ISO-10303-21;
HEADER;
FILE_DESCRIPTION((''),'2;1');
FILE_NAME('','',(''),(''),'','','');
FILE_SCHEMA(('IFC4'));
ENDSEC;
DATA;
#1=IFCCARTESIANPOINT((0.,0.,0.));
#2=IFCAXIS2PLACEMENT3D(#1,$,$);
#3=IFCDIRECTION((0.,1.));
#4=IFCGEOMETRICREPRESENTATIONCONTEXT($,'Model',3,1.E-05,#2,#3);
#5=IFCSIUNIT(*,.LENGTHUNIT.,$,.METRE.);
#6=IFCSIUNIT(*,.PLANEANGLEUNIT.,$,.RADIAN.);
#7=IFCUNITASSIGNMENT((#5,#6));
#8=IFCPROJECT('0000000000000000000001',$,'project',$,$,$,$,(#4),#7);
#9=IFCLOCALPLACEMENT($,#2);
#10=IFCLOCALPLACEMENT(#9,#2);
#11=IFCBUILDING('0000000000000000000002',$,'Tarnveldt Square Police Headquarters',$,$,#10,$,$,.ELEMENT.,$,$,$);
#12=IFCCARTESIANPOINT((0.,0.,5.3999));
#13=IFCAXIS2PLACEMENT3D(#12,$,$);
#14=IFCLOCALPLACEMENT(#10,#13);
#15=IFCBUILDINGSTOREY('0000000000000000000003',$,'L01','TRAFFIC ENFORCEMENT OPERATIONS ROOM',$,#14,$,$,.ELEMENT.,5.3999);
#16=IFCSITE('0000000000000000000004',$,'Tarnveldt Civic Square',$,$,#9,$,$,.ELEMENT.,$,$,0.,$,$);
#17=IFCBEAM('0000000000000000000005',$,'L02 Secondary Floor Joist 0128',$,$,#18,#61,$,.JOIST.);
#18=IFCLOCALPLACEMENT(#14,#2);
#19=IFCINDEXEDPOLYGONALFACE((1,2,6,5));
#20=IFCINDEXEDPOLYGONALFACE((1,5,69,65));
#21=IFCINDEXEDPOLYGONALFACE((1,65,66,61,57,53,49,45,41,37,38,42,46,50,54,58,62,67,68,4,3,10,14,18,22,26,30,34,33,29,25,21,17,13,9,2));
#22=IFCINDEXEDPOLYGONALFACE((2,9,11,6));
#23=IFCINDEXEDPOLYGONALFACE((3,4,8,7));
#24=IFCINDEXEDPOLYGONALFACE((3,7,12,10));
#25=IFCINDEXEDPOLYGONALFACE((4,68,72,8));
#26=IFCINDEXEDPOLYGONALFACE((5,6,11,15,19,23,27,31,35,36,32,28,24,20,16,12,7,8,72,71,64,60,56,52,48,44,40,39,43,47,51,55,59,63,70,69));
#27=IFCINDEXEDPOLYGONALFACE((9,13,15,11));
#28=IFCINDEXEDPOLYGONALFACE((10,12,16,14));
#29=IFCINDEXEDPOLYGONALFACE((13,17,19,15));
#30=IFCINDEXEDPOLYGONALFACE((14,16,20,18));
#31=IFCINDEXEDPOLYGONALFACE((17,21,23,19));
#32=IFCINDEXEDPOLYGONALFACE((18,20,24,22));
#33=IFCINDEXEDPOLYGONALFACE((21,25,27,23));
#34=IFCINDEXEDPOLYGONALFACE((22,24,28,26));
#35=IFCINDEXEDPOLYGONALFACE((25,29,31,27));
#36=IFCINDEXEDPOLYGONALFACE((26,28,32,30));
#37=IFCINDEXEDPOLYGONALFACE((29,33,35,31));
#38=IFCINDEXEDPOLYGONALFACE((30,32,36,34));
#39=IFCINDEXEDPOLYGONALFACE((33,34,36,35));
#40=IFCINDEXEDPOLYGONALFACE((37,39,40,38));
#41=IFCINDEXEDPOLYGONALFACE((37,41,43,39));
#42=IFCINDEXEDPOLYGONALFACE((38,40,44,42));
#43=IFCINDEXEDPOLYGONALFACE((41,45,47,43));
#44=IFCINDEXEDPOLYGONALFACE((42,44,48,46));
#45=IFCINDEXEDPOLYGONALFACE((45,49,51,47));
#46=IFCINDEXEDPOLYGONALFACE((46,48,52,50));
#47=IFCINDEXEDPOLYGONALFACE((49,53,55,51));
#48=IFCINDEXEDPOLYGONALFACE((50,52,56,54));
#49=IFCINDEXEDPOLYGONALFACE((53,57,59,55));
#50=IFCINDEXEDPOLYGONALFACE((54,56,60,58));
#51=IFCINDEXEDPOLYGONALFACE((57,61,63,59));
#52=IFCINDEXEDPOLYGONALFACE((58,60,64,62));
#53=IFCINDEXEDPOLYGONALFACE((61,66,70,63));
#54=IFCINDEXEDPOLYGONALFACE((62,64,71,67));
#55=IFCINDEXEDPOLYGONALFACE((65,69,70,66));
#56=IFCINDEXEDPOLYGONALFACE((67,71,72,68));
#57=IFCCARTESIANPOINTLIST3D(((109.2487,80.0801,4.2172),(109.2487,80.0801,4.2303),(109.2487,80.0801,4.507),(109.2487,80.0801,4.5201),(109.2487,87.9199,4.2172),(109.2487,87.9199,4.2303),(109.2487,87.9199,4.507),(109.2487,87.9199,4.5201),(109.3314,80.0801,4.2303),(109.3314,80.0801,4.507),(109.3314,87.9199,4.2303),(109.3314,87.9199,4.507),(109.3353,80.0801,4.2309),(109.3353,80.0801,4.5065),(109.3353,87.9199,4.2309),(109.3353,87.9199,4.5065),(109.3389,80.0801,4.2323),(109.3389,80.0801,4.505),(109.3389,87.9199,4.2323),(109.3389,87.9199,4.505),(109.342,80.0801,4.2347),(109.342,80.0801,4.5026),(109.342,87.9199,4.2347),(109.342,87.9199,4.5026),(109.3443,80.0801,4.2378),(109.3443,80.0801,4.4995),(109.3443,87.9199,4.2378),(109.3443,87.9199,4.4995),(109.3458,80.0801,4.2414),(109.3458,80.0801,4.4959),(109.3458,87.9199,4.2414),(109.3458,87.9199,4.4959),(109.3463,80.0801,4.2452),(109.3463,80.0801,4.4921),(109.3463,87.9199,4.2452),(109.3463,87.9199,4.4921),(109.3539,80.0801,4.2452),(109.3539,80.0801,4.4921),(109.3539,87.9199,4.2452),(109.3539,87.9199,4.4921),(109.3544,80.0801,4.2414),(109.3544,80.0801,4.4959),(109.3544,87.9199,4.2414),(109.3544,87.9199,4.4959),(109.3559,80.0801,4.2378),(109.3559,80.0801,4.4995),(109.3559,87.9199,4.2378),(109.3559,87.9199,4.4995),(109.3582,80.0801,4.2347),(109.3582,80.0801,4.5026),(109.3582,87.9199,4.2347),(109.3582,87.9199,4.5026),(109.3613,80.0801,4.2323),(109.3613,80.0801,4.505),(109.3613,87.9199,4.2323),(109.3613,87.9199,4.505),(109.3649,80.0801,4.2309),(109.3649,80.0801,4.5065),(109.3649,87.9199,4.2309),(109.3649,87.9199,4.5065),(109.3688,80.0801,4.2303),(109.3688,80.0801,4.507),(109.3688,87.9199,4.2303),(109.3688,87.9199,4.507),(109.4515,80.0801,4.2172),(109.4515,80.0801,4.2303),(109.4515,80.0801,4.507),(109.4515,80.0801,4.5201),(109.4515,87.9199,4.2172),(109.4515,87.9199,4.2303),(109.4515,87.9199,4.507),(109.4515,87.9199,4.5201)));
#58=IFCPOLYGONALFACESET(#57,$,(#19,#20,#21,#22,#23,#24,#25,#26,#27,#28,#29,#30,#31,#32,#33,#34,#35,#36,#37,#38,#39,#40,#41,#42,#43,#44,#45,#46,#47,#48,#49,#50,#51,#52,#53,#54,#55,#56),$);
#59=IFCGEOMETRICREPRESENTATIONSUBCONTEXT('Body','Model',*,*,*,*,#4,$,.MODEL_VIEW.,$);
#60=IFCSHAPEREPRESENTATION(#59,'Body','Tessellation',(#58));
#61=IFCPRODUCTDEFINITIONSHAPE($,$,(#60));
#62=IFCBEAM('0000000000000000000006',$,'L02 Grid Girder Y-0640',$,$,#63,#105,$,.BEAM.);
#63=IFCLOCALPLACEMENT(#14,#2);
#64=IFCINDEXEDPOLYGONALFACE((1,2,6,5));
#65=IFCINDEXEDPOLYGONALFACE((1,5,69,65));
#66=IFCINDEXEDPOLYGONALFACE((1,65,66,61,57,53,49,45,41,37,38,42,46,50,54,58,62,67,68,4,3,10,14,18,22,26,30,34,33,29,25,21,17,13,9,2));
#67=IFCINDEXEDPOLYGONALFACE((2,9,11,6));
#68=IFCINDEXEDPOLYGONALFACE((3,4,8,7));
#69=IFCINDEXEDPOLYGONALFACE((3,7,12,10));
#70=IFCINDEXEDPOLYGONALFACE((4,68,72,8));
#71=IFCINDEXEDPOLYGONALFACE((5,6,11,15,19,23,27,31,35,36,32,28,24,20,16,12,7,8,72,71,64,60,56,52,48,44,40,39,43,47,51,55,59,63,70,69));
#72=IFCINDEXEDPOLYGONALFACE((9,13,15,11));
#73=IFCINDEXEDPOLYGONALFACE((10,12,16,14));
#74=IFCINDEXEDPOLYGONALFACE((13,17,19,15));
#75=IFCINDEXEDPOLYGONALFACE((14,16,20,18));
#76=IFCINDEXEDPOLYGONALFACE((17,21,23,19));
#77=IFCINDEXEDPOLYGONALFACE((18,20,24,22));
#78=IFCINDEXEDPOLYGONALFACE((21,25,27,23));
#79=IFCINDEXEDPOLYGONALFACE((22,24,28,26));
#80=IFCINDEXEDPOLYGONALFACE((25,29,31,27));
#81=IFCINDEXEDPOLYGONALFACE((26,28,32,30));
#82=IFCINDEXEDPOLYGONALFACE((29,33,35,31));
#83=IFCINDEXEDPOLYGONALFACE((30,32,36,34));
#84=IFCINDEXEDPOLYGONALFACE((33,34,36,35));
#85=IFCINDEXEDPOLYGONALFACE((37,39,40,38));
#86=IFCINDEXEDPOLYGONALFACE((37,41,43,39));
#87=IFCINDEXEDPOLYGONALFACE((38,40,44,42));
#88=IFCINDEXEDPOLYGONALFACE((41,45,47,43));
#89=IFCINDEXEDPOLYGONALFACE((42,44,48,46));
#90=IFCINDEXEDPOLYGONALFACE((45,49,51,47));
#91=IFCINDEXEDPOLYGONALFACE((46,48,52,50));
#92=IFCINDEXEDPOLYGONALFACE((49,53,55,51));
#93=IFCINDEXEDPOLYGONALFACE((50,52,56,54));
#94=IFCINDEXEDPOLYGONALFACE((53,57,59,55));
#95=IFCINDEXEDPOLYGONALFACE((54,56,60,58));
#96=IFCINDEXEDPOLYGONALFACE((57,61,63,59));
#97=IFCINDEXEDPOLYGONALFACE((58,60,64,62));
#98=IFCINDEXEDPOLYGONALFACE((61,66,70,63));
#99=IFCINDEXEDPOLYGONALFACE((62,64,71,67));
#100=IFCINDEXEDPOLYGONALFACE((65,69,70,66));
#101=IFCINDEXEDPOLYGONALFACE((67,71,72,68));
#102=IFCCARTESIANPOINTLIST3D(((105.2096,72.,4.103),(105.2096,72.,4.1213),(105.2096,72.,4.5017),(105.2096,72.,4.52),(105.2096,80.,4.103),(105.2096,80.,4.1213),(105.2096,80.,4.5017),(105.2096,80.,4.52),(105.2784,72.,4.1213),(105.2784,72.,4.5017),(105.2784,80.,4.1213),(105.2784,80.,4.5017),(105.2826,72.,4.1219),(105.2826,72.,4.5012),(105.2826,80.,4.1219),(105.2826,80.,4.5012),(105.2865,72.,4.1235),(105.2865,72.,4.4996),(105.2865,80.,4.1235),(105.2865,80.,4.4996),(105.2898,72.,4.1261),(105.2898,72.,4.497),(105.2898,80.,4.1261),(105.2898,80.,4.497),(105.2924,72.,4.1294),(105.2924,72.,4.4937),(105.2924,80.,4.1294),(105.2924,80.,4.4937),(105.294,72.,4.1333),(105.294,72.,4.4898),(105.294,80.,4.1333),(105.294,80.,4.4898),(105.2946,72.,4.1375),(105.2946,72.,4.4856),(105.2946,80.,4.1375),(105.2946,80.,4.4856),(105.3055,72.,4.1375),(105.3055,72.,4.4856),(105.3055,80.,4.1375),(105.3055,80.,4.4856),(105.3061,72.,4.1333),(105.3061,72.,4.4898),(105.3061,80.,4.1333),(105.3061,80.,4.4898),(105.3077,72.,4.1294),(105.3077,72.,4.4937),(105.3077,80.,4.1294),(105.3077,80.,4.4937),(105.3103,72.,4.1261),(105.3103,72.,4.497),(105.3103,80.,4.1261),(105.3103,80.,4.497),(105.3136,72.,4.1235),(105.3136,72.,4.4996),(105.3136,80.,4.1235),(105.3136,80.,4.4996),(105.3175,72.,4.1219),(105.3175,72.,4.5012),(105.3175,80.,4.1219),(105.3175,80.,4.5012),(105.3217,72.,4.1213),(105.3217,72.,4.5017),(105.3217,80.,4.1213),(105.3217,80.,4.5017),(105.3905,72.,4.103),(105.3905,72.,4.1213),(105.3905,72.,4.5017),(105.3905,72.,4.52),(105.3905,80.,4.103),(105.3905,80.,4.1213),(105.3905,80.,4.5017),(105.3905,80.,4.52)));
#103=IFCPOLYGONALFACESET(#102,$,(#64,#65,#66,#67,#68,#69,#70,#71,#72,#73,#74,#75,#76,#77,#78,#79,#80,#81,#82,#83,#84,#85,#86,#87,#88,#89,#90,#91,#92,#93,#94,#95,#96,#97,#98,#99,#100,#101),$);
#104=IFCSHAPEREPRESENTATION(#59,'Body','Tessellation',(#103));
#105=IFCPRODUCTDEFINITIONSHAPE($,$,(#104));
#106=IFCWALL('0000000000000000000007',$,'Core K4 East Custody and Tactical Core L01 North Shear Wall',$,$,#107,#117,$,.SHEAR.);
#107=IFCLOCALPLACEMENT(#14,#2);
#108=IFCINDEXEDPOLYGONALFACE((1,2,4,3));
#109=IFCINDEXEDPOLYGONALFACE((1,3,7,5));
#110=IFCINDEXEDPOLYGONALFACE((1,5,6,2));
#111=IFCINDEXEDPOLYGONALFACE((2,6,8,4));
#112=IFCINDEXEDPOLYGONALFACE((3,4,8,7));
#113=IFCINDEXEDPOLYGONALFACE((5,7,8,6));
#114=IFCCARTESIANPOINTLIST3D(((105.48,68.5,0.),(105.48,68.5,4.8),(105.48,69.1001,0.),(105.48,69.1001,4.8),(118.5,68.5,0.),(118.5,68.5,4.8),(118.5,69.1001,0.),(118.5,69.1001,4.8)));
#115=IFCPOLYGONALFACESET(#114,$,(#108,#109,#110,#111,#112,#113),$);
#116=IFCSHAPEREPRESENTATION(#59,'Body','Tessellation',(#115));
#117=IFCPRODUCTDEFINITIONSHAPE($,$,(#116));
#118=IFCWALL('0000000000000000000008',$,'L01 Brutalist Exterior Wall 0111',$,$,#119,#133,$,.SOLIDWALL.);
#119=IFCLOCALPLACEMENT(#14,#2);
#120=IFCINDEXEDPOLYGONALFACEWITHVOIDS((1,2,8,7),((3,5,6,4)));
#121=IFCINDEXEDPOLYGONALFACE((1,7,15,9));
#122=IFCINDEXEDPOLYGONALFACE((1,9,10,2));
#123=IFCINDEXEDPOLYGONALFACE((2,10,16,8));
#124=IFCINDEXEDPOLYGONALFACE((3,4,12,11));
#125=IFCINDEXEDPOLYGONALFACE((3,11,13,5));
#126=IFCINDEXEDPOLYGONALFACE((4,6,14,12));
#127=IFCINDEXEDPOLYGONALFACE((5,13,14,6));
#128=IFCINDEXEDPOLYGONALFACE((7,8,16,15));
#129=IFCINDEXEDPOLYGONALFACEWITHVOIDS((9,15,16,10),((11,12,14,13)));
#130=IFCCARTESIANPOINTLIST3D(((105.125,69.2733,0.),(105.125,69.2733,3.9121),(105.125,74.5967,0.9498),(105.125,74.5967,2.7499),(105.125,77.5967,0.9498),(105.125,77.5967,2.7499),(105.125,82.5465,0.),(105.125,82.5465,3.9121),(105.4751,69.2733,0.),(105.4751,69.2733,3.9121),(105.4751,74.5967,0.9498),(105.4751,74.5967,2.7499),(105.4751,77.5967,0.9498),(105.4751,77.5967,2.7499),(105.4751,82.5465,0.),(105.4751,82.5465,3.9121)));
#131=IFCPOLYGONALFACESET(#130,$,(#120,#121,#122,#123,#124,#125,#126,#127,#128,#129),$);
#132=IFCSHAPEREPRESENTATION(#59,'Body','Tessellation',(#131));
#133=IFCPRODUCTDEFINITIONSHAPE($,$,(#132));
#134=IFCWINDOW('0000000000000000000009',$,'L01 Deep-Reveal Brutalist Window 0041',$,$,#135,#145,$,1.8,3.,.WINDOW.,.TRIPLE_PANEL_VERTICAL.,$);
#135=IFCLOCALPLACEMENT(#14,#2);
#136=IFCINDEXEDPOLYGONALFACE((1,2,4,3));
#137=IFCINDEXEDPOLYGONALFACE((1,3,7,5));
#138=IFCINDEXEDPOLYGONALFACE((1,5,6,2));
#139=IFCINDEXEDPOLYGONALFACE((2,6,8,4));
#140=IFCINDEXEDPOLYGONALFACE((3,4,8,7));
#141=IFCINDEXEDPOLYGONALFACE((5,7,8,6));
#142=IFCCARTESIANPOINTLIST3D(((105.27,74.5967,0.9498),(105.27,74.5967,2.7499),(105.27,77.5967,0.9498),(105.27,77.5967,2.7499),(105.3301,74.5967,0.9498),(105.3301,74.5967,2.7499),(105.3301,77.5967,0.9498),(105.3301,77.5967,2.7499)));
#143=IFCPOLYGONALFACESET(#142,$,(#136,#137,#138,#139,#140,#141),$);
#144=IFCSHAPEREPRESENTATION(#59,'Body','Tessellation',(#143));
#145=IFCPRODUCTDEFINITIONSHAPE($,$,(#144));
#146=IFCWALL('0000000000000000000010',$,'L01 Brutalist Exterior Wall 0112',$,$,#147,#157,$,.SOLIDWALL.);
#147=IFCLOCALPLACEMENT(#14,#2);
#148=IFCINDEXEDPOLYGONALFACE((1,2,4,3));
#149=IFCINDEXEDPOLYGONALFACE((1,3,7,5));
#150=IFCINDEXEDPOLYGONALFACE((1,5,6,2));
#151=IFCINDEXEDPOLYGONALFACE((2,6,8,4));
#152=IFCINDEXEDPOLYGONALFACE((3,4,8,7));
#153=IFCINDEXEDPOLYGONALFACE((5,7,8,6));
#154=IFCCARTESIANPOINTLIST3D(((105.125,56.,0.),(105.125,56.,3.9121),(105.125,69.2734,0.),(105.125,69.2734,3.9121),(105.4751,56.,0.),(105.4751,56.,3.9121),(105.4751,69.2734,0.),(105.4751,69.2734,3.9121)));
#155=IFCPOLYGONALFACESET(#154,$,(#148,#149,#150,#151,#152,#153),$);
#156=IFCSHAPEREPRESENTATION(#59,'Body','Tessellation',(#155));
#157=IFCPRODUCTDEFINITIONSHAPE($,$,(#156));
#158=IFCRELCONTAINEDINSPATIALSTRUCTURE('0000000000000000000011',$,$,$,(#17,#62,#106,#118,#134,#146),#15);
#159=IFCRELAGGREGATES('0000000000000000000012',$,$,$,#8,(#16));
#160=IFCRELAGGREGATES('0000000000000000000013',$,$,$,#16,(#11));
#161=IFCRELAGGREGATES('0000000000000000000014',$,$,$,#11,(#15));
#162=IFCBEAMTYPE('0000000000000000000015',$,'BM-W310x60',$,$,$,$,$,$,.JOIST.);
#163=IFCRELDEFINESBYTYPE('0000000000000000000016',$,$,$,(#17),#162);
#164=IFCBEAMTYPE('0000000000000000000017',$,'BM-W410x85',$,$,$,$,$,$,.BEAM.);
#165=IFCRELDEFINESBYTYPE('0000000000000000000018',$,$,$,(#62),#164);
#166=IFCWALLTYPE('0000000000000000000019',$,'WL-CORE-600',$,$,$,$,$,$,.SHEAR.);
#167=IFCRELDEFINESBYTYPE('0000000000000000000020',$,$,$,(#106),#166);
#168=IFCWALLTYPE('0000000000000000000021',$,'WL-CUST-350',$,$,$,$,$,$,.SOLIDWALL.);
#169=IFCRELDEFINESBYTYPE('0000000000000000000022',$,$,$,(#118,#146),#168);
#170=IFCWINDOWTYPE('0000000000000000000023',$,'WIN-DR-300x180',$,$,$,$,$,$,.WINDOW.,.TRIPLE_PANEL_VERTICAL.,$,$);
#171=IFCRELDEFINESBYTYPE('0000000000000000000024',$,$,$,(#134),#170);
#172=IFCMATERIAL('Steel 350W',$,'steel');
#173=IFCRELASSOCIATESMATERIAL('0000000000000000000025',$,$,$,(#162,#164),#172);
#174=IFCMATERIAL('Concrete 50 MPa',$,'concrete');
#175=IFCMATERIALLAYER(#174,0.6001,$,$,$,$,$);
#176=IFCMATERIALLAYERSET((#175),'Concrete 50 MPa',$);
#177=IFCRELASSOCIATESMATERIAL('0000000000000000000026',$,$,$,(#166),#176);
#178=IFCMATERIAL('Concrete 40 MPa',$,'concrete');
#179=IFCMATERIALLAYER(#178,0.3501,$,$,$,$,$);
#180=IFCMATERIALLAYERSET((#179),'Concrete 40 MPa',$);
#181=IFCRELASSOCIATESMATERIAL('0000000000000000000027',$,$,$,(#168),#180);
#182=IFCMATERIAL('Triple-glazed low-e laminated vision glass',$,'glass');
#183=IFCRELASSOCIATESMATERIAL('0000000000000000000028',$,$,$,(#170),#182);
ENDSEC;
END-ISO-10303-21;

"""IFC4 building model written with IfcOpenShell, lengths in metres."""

from ifc_helpers import new_model, si_unit, direction, frame, frame_2d, origin, origin_2d, place, context, subcontext, project, spatial, rectangle, i_section, extrude, material, layer, layer_set, material_profile, profile_set, type_object, element, fill, save


model = new_model("IFC4")

# Units and contexts
model_context = context("Model", 3, precision=1e-05, world=origin(), true_north=direction((0.0, 1.0)))
body_context = subcontext(model_context, "Body", "Model", "MODEL_VIEW")
ifc_project = project(units=[si_unit("LENGTHUNIT", "METRE"), si_unit("PLANEANGLEUNIT", "RADIAN")], contexts=[model_context])

# Site, building, storey
site_placement = place(None, origin())
site = spatial("IfcSite", under=ifc_project, at=site_placement, Name="Tarnveldt Civic Square", CompositionType="ELEMENT", RefElevation=0.0)
building_placement = place(site_placement, origin())
building = spatial("IfcBuilding", under=site, at=building_placement, Name="Tarnveldt Square Police Headquarters", CompositionType="ELEMENT")
storey_placement = place(building_placement, frame((0.0, 0.0, 5.3999)))
storey = spatial("IfcBuildingStorey", under=building, at=storey_placement, Name="L01", Description="TRAFFIC ENFORCEMENT OPERATIONS ROOM", CompositionType="ELEMENT", Elevation=5.3999)

# Shared definitions
ifc_material_1 = material(Name="Concrete 40 MPa", Category="concrete")
ifc_material_2 = material(Name="Concrete 50 MPa", Category="concrete")

# Beams
ifc_material_3 = material(Name="Steel 350W", Category="steel")
ifc_material_profile_1 = material_profile(ifc_material_3, i_section(OverallWidth=0.2029, OverallDepth=0.303, WebThickness=0.0076, FlangeThickness=0.0132, FilletRadius=0.0149, at=origin_2d()), Name="W310x60")
ifc_profile_set_1 = profile_set([ifc_material_profile_1], Name="Steel 350W")
beam_type_1 = type_object("IfcBeamType", Name="BM-W310x60", PredefinedType="JOIST", material=ifc_profile_set_1)
for number, where, z_axis, x_axis, name in (
    (1, (109.3501, 80.0801, 4.3687), (0.0, 1.0, 0.0), (-1.0, 0.0, 0.0), "L02 Secondary Floor Joist 0128"),
):
    element("IfcBeam", number, at=place(storey_placement, frame(where, z_axis=z_axis, x_axis=x_axis)), inside=storey, type_object=beam_type_1, Name=name, PredefinedType="JOIST", context=body_context, shape_type="SweptSolid", body=[
        extrude(i_section(OverallWidth=0.2029, OverallDepth=0.303, WebThickness=0.0076, FlangeThickness=0.0132, FilletRadius=0.0149, at=origin_2d()), origin(), (0.0, 0.0, 1.0), 7.8398),
    ])
ifc_material_profile_2 = material_profile(ifc_material_3, i_section(OverallWidth=0.1809, OverallDepth=0.417, WebThickness=0.011, FlangeThickness=0.0183, FilletRadius=0.0161, at=origin_2d()), Name="W410x85")
ifc_profile_set_2 = profile_set([ifc_material_profile_2], Name="Steel 350W")
beam_type_2 = type_object("IfcBeamType", Name="BM-W410x85", PredefinedType="BEAM", material=ifc_profile_set_2)
beam_1_placement = place(storey_placement, frame((105.3, 72.0, 4.3115), z_axis=(0.0, 1.0, 0.0), x_axis=(-1.0, 0.0, 0.0)))
element("IfcBeam", 2, at=beam_1_placement, inside=storey, type_object=beam_type_2, Name="L02 Grid Girder Y-0640", PredefinedType="BEAM", context=body_context, shape_type="SweptSolid", body=[
    extrude(i_section(OverallWidth=0.1809, OverallDepth=0.417, WebThickness=0.011, FlangeThickness=0.0183, FilletRadius=0.0161, at=origin_2d()), origin(), (0.0, 0.0, 1.0), 8.0),
])

# Wall
ifc_layer_1 = layer(ifc_material_2, 0.6001)
ifc_layer_set_1 = layer_set([ifc_layer_1], Name="Concrete 50 MPa")
wall_type_1 = type_object("IfcWallType", Name="WL-CORE-600", PredefinedType="SHEAR", material=ifc_layer_set_1)
wall_1_placement = place(storey_placement, frame((105.48, 68.8, 0.0), z_axis=(0.0, 0.0, 1.0), x_axis=(1.0, 0.0, 0.0)))
element("IfcWall", 3, at=wall_1_placement, inside=storey, type_object=wall_type_1, Name="Core K4 East Custody and Tactical Core L01 North Shear Wall", PredefinedType="SHEAR", context=body_context, shape_type="SweptSolid", body=[
    extrude(rectangle(XDim=13.02, YDim=0.6001, at=frame_2d((6.51, 0.0))), origin(), (0.0, 0.0, 1.0), 4.8),
])

# Wall, opening, window
ifc_layer_2 = layer(ifc_material_1, 0.3501)
ifc_layer_set_2 = layer_set([ifc_layer_2], Name="Concrete 40 MPa")
wall_type_2 = type_object("IfcWallType", Name="WL-CUST-350", PredefinedType="SOLIDWALL", material=ifc_layer_set_2)
wall_2_placement = place(storey_placement, frame((105.3, 82.5466, 0.0), z_axis=(0.0, 0.0, 1.0), x_axis=(0.0, -1.0, 0.0)))
wall_2 = element("IfcWall", 4, at=wall_2_placement, inside=storey, type_object=wall_type_2, Name="L01 Brutalist Exterior Wall 0111", PredefinedType="SOLIDWALL", context=body_context, shape_type="SweptSolid", body=[
    extrude(rectangle(XDim=13.2732, YDim=0.3501, at=frame_2d((6.6367, 0.0))), origin(), (0.0, 0.0, 1.0), 3.9121),
])
opening_placement = place(wall_2_placement, frame((4.95, 0.0, 0.95)))
opening = element("IfcOpeningElement", 5, at=opening_placement, cuts=wall_2, PredefinedType="OPENING", context=body_context, shape_type="SweptSolid", body=[
    extrude(rectangle(XDim=3.0, YDim=1.8, at=frame_2d((1.5, 0.8999))), frame((0.0, 0.1851, 0.0), z_axis=(0.0, -1.0, 0.0), x_axis=(1.0, 0.0, 0.0)), (0.0, 0.0, 1.0), 0.3701),
])
ifc_material_4 = material(Name="Triple-glazed low-e laminated vision glass", Category="glass")
window_type = type_object("IfcWindowType", Name="WIN-DR-300x180", PartitioningType="TRIPLE_PANEL_VERTICAL", PredefinedType="WINDOW", material=ifc_material_4)
window_placement = place(opening_placement, origin())
window = element("IfcWindow", 6, at=window_placement, inside=storey, type_object=window_type, Name="L01 Deep-Reveal Brutalist Window 0041", OverallHeight=1.8, OverallWidth=3.0, PartitioningType="TRIPLE_PANEL_VERTICAL", PredefinedType="WINDOW", context=body_context, shape_type="SweptSolid", body=[
    extrude(rectangle(XDim=3.0, YDim=1.8, at=frame_2d((1.5, 0.8999))), frame((0.0, 0.03, 0.0), z_axis=(0.0, -1.0, 0.0), x_axis=(1.0, 0.0, 0.0)), (0.0, 0.0, 1.0), 0.0601),
])
fill(opening, window)

# Wall
wall_3_placement = place(storey_placement, frame((105.3, 69.2734, 0.0), z_axis=(0.0, 0.0, 1.0), x_axis=(0.0, -1.0, 0.0)))
element("IfcWall", 7, at=wall_3_placement, inside=storey, type_object=wall_type_2, Name="L01 Brutalist Exterior Wall 0112", PredefinedType="SOLIDWALL", context=body_context, shape_type="SweptSolid", body=[
    extrude(rectangle(XDim=13.2734, YDim=0.3501, at=frame_2d((6.6367, 0.0))), origin(), (0.0, 0.0, 1.0), 3.9121),
])

save(model, "model.ifc")
